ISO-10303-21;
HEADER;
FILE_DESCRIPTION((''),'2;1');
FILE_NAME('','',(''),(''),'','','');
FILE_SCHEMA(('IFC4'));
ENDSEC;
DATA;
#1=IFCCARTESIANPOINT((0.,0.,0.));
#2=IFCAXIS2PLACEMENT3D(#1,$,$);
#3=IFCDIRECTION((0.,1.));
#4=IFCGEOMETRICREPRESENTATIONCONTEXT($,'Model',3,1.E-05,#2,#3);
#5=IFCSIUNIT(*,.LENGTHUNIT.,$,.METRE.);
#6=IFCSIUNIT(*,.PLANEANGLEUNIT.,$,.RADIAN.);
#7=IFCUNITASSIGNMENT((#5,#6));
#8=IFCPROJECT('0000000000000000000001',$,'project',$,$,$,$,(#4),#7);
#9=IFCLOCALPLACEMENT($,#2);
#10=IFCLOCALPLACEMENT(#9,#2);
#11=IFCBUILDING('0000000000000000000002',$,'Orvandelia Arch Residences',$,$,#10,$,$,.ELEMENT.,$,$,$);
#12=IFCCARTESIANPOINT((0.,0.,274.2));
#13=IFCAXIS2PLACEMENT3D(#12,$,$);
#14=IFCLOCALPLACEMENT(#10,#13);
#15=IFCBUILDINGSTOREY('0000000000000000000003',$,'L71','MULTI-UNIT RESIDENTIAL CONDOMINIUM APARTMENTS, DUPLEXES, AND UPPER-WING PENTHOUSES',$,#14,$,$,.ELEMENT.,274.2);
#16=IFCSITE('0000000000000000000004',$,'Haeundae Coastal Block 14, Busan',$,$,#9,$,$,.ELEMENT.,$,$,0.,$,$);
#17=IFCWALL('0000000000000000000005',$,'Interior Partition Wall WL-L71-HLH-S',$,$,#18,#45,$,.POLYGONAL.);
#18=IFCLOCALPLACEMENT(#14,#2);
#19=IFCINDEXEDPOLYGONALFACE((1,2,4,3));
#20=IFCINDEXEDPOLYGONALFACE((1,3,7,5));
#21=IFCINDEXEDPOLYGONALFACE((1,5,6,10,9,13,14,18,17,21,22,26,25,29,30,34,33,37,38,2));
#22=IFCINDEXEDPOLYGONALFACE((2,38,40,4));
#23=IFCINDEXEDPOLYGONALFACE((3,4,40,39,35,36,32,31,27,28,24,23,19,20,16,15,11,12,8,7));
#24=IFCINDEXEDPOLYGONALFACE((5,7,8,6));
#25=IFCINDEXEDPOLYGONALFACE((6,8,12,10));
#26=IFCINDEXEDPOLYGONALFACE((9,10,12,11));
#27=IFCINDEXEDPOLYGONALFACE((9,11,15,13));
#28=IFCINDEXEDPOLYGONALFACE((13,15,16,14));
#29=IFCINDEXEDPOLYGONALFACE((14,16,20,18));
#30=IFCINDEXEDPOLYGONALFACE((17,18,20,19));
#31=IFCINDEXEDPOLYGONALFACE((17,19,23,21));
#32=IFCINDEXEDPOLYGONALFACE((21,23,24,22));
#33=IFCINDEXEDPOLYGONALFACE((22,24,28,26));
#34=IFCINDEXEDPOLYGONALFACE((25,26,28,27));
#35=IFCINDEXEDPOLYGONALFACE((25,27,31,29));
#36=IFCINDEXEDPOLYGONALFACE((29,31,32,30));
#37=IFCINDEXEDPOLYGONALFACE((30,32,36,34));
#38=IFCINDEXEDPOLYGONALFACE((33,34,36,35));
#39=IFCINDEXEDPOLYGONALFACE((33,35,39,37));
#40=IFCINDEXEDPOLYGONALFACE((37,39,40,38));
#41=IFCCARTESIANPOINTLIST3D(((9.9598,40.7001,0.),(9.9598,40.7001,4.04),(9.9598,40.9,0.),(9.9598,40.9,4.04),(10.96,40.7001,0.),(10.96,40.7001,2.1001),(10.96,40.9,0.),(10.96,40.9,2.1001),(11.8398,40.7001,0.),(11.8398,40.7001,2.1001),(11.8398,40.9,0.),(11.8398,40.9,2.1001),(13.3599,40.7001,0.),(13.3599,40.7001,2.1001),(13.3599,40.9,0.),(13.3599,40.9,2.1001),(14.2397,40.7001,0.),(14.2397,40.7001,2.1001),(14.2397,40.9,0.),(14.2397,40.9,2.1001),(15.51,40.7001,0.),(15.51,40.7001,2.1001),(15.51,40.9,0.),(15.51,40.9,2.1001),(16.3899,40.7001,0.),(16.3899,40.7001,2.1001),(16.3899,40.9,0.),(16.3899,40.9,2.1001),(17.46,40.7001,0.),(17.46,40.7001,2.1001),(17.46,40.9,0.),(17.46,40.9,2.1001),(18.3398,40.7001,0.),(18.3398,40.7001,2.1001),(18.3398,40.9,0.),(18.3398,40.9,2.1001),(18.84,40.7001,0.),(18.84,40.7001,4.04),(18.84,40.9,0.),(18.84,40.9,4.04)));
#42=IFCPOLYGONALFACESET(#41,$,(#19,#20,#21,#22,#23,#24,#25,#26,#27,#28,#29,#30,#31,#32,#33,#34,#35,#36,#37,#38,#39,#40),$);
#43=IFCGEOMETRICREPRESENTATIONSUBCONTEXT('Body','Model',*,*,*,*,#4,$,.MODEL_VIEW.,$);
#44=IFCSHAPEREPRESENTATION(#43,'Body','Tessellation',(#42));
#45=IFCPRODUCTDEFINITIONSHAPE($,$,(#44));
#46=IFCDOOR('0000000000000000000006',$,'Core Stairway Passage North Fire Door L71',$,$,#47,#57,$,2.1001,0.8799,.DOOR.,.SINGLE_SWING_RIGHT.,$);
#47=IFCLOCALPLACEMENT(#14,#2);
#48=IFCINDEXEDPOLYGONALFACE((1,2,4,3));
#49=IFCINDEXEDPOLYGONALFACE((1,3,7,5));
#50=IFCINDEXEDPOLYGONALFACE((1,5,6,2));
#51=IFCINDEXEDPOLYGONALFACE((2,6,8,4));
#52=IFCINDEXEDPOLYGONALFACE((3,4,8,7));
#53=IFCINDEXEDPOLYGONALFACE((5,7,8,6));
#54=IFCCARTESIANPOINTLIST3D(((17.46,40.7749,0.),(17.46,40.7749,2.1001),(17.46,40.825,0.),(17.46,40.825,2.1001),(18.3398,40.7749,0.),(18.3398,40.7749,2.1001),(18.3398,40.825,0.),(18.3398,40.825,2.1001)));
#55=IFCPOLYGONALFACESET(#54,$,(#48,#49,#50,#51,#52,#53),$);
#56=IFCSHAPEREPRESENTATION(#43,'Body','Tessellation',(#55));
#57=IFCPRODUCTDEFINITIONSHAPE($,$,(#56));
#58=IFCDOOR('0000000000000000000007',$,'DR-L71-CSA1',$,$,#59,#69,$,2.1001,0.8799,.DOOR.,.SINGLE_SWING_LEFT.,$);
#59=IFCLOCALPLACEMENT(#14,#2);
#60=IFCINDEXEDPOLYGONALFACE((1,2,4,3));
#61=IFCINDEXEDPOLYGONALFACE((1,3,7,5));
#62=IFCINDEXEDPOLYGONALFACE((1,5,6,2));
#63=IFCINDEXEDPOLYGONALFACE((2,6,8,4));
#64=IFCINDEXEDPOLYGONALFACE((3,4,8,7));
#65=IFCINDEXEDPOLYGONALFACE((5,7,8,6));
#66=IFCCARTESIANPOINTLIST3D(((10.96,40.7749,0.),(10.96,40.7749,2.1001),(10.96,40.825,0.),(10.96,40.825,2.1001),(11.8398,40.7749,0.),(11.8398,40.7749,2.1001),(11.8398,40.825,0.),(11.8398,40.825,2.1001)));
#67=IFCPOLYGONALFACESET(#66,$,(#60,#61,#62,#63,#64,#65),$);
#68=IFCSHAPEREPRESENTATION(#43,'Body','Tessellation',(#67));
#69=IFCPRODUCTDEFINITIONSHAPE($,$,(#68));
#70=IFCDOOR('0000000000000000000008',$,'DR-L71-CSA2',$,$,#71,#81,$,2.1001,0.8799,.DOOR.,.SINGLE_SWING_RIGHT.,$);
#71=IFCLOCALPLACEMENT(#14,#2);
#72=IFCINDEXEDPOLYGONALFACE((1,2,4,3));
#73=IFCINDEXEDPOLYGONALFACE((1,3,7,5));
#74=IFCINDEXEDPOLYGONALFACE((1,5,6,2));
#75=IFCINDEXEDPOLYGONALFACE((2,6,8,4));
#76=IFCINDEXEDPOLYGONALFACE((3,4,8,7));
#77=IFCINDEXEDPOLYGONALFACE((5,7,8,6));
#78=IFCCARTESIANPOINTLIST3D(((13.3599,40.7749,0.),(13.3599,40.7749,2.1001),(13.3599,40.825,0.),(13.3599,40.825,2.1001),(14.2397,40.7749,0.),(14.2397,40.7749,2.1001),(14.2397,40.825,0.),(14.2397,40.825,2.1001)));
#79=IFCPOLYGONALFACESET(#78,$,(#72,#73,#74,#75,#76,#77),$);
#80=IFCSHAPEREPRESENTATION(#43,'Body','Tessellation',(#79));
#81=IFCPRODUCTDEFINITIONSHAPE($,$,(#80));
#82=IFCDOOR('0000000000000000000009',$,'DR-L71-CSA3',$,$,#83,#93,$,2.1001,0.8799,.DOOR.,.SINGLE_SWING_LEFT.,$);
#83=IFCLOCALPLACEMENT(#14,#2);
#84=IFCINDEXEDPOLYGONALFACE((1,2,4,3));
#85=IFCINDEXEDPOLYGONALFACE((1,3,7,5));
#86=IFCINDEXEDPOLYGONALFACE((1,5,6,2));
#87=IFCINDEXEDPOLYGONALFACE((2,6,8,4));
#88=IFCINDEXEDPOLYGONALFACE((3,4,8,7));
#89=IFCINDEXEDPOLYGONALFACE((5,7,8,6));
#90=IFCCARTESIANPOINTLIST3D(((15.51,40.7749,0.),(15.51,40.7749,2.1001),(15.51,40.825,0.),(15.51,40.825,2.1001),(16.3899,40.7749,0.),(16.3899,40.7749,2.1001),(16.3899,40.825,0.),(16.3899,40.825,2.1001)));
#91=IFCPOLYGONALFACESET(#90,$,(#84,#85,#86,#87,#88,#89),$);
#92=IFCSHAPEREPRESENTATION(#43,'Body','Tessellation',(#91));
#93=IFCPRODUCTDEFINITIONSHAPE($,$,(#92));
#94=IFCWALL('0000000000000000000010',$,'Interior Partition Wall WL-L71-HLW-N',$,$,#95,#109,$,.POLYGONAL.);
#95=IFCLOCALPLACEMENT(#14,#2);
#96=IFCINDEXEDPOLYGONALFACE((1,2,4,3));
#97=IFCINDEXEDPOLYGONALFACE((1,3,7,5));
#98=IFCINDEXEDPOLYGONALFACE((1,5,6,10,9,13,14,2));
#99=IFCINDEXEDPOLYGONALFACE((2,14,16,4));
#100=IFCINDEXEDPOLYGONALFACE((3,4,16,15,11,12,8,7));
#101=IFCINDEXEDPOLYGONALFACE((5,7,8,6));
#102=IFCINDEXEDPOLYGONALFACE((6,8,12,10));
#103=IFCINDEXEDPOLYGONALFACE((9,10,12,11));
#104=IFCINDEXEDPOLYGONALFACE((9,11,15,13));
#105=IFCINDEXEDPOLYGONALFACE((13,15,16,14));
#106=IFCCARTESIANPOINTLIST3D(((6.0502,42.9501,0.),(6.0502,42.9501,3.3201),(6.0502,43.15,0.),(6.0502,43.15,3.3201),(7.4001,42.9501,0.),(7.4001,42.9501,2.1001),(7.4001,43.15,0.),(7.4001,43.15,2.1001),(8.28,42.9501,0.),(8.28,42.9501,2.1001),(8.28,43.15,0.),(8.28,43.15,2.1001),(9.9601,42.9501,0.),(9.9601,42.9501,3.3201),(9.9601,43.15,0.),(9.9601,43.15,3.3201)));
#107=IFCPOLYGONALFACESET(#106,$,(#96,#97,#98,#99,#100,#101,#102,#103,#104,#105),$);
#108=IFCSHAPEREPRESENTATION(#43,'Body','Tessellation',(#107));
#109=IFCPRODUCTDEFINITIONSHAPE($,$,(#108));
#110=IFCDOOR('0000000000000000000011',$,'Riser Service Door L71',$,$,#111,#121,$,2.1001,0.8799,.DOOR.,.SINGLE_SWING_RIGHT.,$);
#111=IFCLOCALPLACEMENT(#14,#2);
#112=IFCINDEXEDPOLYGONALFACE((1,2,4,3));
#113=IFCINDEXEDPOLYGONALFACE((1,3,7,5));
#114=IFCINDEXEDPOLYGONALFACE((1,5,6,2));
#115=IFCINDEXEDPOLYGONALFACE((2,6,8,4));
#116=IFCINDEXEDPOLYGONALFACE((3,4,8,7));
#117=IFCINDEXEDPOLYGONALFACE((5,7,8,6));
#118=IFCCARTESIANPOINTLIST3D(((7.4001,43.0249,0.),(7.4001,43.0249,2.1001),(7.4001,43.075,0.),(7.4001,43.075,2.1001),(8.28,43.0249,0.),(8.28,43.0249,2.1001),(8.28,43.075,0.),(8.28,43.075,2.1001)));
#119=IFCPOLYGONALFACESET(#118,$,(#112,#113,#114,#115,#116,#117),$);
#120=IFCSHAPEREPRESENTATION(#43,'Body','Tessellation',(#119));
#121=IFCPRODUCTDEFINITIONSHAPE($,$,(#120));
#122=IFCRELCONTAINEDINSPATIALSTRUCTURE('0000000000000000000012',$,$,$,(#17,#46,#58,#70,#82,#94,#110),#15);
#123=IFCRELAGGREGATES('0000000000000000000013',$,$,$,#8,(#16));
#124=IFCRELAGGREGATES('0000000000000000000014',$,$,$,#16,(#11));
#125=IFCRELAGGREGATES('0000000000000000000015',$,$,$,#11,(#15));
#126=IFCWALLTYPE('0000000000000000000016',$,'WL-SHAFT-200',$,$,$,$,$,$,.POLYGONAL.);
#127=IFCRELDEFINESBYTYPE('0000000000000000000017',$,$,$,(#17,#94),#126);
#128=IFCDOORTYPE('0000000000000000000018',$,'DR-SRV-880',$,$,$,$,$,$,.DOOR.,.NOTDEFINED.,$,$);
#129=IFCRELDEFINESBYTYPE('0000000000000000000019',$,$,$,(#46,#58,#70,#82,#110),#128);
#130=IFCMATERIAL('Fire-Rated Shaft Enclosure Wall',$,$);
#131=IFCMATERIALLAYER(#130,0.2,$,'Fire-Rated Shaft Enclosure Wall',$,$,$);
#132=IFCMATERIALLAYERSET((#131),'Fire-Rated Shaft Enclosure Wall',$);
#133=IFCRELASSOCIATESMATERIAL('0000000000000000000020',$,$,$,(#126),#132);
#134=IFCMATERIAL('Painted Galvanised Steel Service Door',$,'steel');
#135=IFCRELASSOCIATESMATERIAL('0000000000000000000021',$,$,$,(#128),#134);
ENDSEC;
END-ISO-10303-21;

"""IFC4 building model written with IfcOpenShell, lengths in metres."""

from ifc_helpers import new_model, si_unit, direction, frame, frame_2d, origin, place, context, subcontext, project, spatial, rectangle, extrude, material, layer, layer_set, type_object, element, fill, save


model = new_model("IFC4")

# Units and contexts
model_context = context("Model", 3, precision=1e-05, world=origin(), true_north=direction((0.0, 1.0)))
body_context = subcontext(model_context, "Body", "Model", "MODEL_VIEW")
ifc_project = project(units=[si_unit("LENGTHUNIT", "METRE"), si_unit("PLANEANGLEUNIT", "RADIAN")], contexts=[model_context])

# Site, building, storey
site_placement = place(None, origin())
site = spatial("IfcSite", under=ifc_project, at=site_placement, Name="Haeundae Coastal Block 14, Busan", CompositionType="ELEMENT", RefElevation=0.0)
building_placement = place(site_placement, origin())
building = spatial("IfcBuilding", under=site, at=building_placement, Name="Orvandelia Arch Residences", CompositionType="ELEMENT")
storey_placement = place(building_placement, frame((0.0, 0.0, 274.2)))
storey = spatial("IfcBuildingStorey", under=building, at=storey_placement, Name="L71", Description="MULTI-UNIT RESIDENTIAL CONDOMINIUM APARTMENTS, DUPLEXES, AND UPPER-WING PENTHOUSES", CompositionType="ELEMENT", Elevation=274.2)

# Wall, openings, doors
ifc_material_1 = material(Name="Fire-Rated Shaft Enclosure Wall")
ifc_layer_1 = layer(ifc_material_1, 0.2, Name="Fire-Rated Shaft Enclosure Wall")
ifc_layer_set_1 = layer_set([ifc_layer_1], Name="Fire-Rated Shaft Enclosure Wall")
wall_type_1 = type_object("IfcWallType", Name="WL-SHAFT-200", PredefinedType="POLYGONAL", material=ifc_layer_set_1)
wall_1_placement = place(storey_placement, frame((9.96, 40.8, 0.0), z_axis=(0.0, 0.0, 1.0), x_axis=(1.0, 0.0, 0.0)))
wall_1 = element("IfcWall", 1, at=wall_1_placement, inside=storey, type_object=wall_type_1, Name="Interior Partition Wall WL-L71-HLH-S", PredefinedType="POLYGONAL", context=body_context, shape_type="SweptSolid", body=[
    extrude(rectangle(XDim=8.8801, YDim=0.2, at=frame_2d((4.4399, 0.0))), origin(), (0.0, 0.0, 1.0), 4.04),
])
opening_1_placement = place(wall_1_placement, frame((7.5, 0.0, 0.0)))
opening_1 = element("IfcOpeningElement", 2, at=opening_1_placement, cuts=wall_1, PredefinedType="OPENING", context=body_context, shape_type="SweptSolid", body=[
    extrude(rectangle(XDim=0.8799, YDim=2.1001, at=frame_2d((0.4399, 1.05))), frame((0.0, 0.1099, 0.0), z_axis=(0.0, -1.0, 0.0), x_axis=(1.0, 0.0, 0.0)), (0.0, 0.0, 1.0), 0.22),
])
opening_2_placement = place(wall_1_placement, frame((1.0, 0.0, 0.0)))
opening_2 = element("IfcOpeningElement", 3, at=opening_2_placement, cuts=wall_1, PredefinedType="OPENING", context=body_context, shape_type="SweptSolid", body=[
    extrude(rectangle(XDim=0.8799, YDim=2.1001, at=frame_2d((0.4399, 1.05))), frame((0.0, 0.1099, 0.0), z_axis=(0.0, -1.0, 0.0), x_axis=(1.0, 0.0, 0.0)), (0.0, 0.0, 1.0), 0.22),
])
opening_3_placement = place(wall_1_placement, frame((3.3999, 0.0, 0.0)))
opening_3 = element("IfcOpeningElement", 4, at=opening_3_placement, cuts=wall_1, PredefinedType="OPENING", context=body_context, shape_type="SweptSolid", body=[
    extrude(rectangle(XDim=0.8799, YDim=2.1001, at=frame_2d((0.4399, 1.05))), frame((0.0, 0.1099, 0.0), z_axis=(0.0, -1.0, 0.0), x_axis=(1.0, 0.0, 0.0)), (0.0, 0.0, 1.0), 0.22),
])
opening_4_placement = place(wall_1_placement, frame((5.55, 0.0, 0.0)))
opening_4 = element("IfcOpeningElement", 5, at=opening_4_placement, cuts=wall_1, PredefinedType="OPENING", context=body_context, shape_type="SweptSolid", body=[
    extrude(rectangle(XDim=0.8799, YDim=2.1001, at=frame_2d((0.4399, 1.05))), frame((0.0, 0.1099, 0.0), z_axis=(0.0, -1.0, 0.0), x_axis=(1.0, 0.0, 0.0)), (0.0, 0.0, 1.0), 0.22),
])
ifc_material_2 = material(Name="Painted Galvanised Steel Service Door", Category="steel")
door_type_1 = type_object("IfcDoorType", Name="DR-SRV-880", OperationType="NOTDEFINED", PredefinedType="DOOR", material=ifc_material_2)
door_1_placement = place(opening_1_placement, origin())
door_1 = element("IfcDoor", 6, at=door_1_placement, inside=storey, type_object=door_type_1, Name="Core Stairway Passage North Fire Door L71", OperationType="SINGLE_SWING_RIGHT", OverallHeight=2.1001, OverallWidth=0.8799, PredefinedType="DOOR", context=body_context, shape_type="SweptSolid", body=[
    extrude(rectangle(XDim=0.8799, YDim=2.1001, at=frame_2d((0.4399, 1.05))), frame((0.0, 0.0249, 0.0), z_axis=(0.0, -1.0, 0.0), x_axis=(1.0, 0.0, 0.0)), (0.0, 0.0, 1.0), 0.05),
])
fill(opening_1, door_1)
door_2_placement = place(opening_2_placement, origin())
door_2 = element("IfcDoor", 7, at=door_2_placement, inside=storey, type_object=door_type_1, Name="DR-L71-CSA1", OperationType="SINGLE_SWING_LEFT", OverallHeight=2.1001, OverallWidth=0.8799, PredefinedType="DOOR", context=body_context, shape_type="SweptSolid", body=[
    extrude(rectangle(XDim=0.8799, YDim=2.1001, at=frame_2d((0.4399, 1.05))), frame((0.0, 0.0249, 0.0), z_axis=(0.0, -1.0, 0.0), x_axis=(1.0, 0.0, 0.0)), (0.0, 0.0, 1.0), 0.05),
])
fill(opening_2, door_2)
door_3_placement = place(opening_3_placement, origin())
door_3 = element("IfcDoor", 8, at=door_3_placement, inside=storey, type_object=door_type_1, Name="DR-L71-CSA2", OperationType="SINGLE_SWING_RIGHT", OverallHeight=2.1001, OverallWidth=0.8799, PredefinedType="DOOR", context=body_context, shape_type="SweptSolid", body=[
    extrude(rectangle(XDim=0.8799, YDim=2.1001, at=frame_2d((0.4399, 1.05))), frame((0.0, 0.0249, 0.0), z_axis=(0.0, -1.0, 0.0), x_axis=(1.0, 0.0, 0.0)), (0.0, 0.0, 1.0), 0.05),
])
fill(opening_3, door_3)
door_4_placement = place(opening_4_placement, origin())
door_4 = element("IfcDoor", 9, at=door_4_placement, inside=storey, type_object=door_type_1, Name="DR-L71-CSA3", OperationType="SINGLE_SWING_LEFT", OverallHeight=2.1001, OverallWidth=0.8799, PredefinedType="DOOR", context=body_context, shape_type="SweptSolid", body=[
    extrude(rectangle(XDim=0.8799, YDim=2.1001, at=frame_2d((0.4399, 1.05))), frame((0.0, 0.0249, 0.0), z_axis=(0.0, -1.0, 0.0), x_axis=(1.0, 0.0, 0.0)), (0.0, 0.0, 1.0), 0.05),
])
fill(opening_4, door_4)

# Wall, opening, door
wall_2_placement = place(storey_placement, frame((6.05, 43.05, 0.0), z_axis=(0.0, 0.0, 1.0), x_axis=(1.0, 0.0, 0.0)))
wall_2 = element("IfcWall", 10, at=wall_2_placement, inside=storey, type_object=wall_type_1, Name="Interior Partition Wall WL-L71-HLW-N", PredefinedType="POLYGONAL", context=body_context, shape_type="SweptSolid", body=[
    extrude(rectangle(XDim=3.9099, YDim=0.2, at=frame_2d((1.9551, 0.0))), origin(), (0.0, 0.0, 1.0), 3.3201),
])
opening_5_placement = place(wall_2_placement, frame((1.3501, 0.0, 0.0)))
opening_5 = element("IfcOpeningElement", 11, at=opening_5_placement, cuts=wall_2, PredefinedType="OPENING", context=body_context, shape_type="SweptSolid", body=[
    extrude(rectangle(XDim=0.8799, YDim=2.1001, at=frame_2d((0.4399, 1.05))), frame((0.0, 0.1099, 0.0), z_axis=(0.0, -1.0, 0.0), x_axis=(1.0, 0.0, 0.0)), (0.0, 0.0, 1.0), 0.22),
])
door_5_placement = place(opening_5_placement, origin())
door_5 = element("IfcDoor", 12, at=door_5_placement, inside=storey, type_object=door_type_1, Name="Riser Service Door L71", OperationType="SINGLE_SWING_RIGHT", OverallHeight=2.1001, OverallWidth=0.8799, PredefinedType="DOOR", context=body_context, shape_type="SweptSolid", body=[
    extrude(rectangle(XDim=0.8799, YDim=2.1001, at=frame_2d((0.4399, 1.05))), frame((0.0, 0.0249, 0.0), z_axis=(0.0, -1.0, 0.0), x_axis=(1.0, 0.0, 0.0)), (0.0, 0.0, 1.0), 0.05),
])
fill(opening_5, door_5)

save(model, "model.ifc")
